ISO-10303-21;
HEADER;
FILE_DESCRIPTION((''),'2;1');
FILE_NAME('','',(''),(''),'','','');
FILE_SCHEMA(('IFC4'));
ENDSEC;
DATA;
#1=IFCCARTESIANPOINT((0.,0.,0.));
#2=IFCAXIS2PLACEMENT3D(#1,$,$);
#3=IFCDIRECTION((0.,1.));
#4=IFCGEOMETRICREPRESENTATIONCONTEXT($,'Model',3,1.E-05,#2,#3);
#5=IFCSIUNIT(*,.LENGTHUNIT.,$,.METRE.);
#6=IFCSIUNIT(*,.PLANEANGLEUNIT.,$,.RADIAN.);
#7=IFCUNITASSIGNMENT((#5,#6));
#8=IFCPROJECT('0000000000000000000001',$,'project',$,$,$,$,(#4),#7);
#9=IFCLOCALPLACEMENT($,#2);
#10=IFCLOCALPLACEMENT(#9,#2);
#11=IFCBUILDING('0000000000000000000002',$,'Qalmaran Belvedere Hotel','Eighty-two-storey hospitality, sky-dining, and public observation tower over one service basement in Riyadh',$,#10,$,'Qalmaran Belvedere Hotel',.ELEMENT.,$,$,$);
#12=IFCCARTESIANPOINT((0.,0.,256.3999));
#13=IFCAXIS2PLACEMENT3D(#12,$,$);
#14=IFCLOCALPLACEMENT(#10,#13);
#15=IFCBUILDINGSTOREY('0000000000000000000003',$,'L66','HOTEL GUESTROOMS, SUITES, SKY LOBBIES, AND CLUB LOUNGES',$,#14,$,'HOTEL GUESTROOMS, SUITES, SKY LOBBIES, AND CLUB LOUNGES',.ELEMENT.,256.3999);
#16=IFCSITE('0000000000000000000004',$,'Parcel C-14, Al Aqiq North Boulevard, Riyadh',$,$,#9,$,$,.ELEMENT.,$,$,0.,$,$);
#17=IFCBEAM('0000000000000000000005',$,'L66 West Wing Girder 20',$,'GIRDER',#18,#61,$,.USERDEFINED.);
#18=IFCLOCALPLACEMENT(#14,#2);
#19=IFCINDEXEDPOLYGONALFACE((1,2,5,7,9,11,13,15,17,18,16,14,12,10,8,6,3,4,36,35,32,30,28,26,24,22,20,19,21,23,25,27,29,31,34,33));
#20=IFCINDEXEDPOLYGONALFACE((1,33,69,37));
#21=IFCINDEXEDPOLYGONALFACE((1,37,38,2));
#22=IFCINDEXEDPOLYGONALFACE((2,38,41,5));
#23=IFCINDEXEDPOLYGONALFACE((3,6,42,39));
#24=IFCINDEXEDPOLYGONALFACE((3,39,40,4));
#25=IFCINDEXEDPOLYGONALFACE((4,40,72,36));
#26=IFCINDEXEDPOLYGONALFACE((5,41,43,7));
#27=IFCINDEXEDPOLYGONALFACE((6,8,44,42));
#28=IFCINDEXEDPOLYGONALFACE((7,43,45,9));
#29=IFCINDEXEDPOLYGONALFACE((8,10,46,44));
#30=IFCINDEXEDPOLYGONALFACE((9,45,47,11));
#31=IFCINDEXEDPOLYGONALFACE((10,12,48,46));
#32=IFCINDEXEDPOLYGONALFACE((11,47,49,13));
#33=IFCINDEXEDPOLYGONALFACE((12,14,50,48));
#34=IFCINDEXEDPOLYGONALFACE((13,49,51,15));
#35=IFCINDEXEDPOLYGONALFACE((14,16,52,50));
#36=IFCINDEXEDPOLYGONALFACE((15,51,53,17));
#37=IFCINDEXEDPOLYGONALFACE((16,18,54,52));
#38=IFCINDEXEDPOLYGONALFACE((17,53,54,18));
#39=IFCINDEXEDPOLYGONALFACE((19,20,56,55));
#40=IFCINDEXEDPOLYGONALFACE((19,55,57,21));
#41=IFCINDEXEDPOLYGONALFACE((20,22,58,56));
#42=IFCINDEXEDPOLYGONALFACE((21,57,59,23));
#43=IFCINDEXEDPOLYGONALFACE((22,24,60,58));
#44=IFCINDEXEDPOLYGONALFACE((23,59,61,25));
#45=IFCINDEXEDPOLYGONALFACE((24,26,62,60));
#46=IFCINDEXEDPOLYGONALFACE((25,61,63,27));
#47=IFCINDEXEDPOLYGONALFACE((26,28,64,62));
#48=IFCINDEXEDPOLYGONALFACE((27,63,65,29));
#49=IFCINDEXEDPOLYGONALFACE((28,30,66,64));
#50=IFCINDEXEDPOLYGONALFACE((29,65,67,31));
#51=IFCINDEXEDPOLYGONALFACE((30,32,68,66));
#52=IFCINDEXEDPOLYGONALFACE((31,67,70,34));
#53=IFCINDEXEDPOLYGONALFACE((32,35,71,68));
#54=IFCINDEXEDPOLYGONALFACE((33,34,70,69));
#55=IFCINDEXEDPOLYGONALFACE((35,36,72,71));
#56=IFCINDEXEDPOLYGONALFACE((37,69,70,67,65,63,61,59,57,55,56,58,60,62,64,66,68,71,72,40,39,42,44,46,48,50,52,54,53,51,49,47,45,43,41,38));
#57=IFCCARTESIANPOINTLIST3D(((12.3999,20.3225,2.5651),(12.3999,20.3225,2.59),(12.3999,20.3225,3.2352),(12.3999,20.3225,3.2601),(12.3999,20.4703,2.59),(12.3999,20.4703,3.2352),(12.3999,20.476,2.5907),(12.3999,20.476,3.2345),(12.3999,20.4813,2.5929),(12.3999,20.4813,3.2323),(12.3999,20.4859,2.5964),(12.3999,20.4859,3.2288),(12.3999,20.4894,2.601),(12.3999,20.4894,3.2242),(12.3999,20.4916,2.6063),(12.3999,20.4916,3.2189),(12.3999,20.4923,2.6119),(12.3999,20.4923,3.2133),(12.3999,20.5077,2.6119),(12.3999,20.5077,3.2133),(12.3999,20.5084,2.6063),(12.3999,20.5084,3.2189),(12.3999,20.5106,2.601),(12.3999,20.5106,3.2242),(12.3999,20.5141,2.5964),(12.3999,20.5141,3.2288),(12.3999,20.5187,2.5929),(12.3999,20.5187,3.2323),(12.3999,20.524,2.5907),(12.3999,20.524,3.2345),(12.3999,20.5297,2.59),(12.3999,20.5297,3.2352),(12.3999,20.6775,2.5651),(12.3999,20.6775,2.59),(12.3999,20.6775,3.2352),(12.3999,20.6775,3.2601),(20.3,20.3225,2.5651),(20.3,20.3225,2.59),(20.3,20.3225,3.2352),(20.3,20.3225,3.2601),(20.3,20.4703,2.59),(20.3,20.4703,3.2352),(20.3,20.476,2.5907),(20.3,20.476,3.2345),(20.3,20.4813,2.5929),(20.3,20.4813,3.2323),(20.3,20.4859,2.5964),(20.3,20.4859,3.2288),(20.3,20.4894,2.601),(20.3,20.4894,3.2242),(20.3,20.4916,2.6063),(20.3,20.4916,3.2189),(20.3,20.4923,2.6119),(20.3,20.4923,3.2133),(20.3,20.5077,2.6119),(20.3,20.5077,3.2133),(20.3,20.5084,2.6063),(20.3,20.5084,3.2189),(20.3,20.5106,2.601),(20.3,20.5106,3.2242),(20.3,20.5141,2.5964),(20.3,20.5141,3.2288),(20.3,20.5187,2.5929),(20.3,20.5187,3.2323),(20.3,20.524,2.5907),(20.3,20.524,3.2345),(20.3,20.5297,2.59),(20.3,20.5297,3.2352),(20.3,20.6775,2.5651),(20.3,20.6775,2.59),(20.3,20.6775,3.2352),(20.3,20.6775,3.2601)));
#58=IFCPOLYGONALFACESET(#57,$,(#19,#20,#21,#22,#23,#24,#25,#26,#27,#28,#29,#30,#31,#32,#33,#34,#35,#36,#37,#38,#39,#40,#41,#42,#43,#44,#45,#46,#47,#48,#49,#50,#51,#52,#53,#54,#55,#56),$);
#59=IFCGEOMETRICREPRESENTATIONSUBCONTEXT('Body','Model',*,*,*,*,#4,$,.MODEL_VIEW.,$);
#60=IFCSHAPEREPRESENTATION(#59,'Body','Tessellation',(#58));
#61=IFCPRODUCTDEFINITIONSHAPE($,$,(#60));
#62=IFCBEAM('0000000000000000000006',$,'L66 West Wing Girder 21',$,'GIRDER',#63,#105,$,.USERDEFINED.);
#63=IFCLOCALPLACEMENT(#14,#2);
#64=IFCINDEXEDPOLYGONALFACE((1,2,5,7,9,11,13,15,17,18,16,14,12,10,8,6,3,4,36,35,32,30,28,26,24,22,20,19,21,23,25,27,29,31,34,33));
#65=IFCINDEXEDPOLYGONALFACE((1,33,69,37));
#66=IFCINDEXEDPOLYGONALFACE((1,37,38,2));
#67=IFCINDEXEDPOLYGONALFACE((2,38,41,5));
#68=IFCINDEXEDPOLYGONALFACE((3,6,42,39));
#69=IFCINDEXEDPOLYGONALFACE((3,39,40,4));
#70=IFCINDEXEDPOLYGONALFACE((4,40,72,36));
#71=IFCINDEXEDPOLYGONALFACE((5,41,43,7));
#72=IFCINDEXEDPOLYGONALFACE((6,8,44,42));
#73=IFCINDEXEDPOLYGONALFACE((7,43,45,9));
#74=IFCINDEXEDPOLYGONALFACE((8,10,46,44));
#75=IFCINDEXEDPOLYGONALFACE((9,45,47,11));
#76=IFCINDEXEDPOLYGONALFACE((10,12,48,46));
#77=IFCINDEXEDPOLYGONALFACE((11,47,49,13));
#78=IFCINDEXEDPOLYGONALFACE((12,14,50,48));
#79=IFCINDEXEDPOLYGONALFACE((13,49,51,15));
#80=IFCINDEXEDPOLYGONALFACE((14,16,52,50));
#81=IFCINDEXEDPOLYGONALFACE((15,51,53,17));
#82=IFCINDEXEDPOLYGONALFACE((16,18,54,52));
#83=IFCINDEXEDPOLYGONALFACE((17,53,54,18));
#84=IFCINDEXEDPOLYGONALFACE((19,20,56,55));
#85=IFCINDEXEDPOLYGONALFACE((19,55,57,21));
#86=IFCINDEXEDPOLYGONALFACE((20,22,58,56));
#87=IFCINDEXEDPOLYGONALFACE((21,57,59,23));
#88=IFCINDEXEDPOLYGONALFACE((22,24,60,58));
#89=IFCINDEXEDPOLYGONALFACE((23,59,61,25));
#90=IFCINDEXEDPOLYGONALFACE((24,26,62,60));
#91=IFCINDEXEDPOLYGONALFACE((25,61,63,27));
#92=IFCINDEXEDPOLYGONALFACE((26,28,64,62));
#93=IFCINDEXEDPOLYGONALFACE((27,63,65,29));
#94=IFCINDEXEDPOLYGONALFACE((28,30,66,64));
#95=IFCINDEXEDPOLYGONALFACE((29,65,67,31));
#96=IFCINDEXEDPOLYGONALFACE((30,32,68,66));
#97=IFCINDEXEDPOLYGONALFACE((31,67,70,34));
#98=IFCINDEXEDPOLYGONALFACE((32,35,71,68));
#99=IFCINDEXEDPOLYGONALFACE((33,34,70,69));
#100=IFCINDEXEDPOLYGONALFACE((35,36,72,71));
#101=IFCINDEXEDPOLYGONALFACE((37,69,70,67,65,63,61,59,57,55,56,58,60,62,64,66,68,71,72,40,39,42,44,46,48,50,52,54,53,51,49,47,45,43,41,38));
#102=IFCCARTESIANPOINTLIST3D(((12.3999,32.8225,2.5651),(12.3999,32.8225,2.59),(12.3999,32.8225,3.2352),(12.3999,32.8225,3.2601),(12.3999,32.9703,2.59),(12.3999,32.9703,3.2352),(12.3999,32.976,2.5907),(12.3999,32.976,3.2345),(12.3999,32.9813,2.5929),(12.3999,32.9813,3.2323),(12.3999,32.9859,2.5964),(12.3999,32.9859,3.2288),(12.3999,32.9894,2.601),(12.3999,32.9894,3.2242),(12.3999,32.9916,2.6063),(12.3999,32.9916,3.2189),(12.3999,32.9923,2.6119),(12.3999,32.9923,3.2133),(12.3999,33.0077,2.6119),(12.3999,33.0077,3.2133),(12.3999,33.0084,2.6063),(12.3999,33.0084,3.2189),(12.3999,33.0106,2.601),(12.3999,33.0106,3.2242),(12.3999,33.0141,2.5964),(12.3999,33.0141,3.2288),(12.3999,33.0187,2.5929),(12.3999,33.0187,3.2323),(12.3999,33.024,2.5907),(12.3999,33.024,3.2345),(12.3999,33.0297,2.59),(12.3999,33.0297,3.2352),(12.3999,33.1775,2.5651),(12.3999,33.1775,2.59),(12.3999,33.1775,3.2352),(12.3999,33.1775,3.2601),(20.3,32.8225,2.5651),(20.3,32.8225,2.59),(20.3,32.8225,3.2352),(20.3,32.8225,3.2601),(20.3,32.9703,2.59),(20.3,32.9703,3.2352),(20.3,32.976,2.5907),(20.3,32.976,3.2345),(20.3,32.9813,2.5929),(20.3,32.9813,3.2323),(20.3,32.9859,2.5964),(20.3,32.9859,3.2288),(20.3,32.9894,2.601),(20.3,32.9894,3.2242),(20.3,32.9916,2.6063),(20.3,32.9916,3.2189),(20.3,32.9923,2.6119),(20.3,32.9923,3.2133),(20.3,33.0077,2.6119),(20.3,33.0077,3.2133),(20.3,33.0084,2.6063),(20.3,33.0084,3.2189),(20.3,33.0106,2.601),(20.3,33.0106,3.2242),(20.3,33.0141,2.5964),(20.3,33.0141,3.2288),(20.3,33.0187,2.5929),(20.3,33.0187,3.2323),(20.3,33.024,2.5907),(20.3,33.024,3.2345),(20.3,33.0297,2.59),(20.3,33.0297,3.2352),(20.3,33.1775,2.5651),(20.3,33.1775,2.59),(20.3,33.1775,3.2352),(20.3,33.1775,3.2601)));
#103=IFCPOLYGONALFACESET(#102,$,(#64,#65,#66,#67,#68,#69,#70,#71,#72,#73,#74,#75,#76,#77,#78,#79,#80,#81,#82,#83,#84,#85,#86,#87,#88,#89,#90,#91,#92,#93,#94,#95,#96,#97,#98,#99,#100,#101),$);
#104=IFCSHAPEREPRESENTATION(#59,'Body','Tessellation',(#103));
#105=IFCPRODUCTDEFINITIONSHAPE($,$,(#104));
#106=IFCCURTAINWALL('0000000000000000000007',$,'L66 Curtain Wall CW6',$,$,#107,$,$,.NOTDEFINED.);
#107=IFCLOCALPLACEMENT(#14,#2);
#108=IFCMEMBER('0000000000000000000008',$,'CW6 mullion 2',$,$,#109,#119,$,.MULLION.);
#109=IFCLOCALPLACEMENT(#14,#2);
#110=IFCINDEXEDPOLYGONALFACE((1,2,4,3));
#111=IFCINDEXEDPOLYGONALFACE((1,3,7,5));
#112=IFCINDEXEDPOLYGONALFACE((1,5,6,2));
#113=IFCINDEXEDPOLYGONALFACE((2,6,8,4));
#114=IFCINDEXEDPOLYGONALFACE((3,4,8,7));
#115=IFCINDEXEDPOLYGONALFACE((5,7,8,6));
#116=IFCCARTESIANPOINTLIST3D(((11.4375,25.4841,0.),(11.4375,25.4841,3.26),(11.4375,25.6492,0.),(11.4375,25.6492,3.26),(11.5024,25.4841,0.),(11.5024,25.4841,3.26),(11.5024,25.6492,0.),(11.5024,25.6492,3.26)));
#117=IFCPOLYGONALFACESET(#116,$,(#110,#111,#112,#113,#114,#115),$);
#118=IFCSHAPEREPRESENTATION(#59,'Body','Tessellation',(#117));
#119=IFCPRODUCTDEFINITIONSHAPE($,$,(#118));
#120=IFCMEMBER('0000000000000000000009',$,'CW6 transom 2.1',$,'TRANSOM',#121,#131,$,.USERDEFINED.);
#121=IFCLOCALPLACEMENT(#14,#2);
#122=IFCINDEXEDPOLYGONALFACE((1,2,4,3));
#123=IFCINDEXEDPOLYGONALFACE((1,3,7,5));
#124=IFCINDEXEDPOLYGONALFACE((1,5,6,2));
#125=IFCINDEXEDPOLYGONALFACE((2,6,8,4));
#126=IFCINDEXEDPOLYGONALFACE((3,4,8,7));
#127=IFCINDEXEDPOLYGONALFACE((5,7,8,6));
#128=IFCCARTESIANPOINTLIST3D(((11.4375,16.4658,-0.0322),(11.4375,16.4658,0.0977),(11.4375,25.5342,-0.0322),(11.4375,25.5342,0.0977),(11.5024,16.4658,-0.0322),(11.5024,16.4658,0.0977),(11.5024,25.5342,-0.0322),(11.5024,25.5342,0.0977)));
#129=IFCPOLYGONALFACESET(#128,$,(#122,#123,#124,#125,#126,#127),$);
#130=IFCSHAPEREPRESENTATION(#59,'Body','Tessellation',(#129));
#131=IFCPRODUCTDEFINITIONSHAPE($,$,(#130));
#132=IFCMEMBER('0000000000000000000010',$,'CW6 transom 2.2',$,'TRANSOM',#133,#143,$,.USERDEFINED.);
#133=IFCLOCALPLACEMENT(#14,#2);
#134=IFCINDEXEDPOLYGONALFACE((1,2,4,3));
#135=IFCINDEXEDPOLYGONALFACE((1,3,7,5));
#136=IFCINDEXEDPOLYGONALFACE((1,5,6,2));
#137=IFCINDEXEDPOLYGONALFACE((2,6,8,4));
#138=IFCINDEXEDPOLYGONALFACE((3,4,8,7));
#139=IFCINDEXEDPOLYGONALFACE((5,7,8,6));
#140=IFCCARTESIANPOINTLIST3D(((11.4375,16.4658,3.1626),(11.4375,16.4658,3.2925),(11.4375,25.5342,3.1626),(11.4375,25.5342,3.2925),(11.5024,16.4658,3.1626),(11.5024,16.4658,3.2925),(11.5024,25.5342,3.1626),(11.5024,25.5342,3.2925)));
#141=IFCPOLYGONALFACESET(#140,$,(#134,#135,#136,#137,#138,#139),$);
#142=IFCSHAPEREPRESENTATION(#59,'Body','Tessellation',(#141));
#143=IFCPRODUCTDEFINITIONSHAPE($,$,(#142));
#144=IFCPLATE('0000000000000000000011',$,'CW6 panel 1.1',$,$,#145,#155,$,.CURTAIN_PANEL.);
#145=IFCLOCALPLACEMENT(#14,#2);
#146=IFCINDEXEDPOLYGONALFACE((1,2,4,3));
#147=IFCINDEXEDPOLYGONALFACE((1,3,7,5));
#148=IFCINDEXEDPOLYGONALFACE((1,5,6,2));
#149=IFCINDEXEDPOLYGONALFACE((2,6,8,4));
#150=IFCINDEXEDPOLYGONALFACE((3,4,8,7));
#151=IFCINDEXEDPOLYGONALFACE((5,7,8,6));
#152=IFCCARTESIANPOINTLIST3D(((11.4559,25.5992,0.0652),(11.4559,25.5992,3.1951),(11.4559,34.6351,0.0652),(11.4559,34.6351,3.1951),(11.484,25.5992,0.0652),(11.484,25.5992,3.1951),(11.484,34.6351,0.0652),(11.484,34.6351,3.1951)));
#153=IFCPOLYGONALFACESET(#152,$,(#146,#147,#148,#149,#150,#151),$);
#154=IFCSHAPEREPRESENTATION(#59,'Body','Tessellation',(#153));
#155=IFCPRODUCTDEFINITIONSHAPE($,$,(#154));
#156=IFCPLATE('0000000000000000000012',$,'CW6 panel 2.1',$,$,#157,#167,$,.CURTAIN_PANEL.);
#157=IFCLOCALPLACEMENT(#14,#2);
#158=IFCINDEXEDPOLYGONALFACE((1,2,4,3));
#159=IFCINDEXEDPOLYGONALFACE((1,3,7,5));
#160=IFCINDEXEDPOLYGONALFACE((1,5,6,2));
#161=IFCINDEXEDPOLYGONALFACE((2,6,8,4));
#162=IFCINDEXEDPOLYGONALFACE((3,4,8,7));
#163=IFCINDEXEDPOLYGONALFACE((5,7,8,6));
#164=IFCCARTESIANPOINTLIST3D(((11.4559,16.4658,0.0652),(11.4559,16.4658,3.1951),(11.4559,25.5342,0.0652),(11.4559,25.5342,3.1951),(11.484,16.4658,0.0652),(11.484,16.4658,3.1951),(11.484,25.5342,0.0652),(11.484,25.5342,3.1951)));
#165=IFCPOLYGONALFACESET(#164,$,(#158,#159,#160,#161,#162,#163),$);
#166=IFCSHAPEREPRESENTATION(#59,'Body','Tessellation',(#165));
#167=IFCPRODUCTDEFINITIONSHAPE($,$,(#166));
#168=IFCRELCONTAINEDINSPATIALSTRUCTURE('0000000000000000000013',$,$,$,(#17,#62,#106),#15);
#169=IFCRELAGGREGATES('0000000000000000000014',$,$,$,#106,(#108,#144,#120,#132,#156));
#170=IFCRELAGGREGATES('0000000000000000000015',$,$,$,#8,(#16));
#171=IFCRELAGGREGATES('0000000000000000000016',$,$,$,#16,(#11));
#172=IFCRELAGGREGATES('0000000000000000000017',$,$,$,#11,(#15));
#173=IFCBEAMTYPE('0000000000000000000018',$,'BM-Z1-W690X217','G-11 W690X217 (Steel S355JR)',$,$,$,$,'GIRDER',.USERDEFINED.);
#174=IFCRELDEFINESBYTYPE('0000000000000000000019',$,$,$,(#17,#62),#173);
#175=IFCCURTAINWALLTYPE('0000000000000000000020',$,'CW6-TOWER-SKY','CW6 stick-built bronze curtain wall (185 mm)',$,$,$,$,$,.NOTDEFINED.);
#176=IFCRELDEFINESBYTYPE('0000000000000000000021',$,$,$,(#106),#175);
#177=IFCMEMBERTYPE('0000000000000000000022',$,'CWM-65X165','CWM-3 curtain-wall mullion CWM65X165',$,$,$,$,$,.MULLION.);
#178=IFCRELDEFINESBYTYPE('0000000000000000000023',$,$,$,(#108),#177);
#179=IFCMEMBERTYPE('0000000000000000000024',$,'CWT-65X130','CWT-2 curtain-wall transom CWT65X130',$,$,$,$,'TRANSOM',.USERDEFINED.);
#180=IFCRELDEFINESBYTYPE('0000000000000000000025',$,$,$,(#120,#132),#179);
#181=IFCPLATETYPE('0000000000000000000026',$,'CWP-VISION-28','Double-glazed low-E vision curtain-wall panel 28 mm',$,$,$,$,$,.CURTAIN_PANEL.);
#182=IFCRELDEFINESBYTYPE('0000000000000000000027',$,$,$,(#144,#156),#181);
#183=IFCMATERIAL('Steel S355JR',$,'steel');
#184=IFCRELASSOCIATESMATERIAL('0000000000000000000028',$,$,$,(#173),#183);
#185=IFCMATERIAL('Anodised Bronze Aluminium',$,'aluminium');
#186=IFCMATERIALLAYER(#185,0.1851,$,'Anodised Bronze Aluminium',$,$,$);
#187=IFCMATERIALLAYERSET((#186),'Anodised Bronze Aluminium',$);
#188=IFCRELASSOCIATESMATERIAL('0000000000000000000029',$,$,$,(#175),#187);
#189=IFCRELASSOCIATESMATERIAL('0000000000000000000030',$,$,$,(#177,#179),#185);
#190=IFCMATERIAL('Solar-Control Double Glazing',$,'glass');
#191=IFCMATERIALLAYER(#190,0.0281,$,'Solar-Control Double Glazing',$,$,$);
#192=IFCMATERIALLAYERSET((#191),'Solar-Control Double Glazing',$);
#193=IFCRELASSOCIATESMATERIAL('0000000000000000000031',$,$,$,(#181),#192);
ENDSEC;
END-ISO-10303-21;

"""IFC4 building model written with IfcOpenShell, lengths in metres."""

from ifc_helpers import new_model, si_unit, direction, frame, origin, origin_2d, place, context, subcontext, project, spatial, rectangle, i_section, extrude, material, layer, layer_set, material_profile, profile_set, type_object, element, aggregate, save


model = new_model("IFC4")

# Units and contexts
model_context = context("Model", 3, precision=1e-05, world=origin(), true_north=direction((0.0, 1.0)))
body_context = subcontext(model_context, "Body", "Model", "MODEL_VIEW")
ifc_project = project(units=[si_unit("LENGTHUNIT", "METRE"), si_unit("PLANEANGLEUNIT", "RADIAN")], contexts=[model_context])

# Site, building, storey
site_placement = place(None, origin())
site = spatial("IfcSite", under=ifc_project, at=site_placement, Name="Parcel C-14, Al Aqiq North Boulevard, Riyadh", CompositionType="ELEMENT", RefElevation=0.0)
building_placement = place(site_placement, origin())
building = spatial("IfcBuilding", under=site, at=building_placement, Name="Qalmaran Belvedere Hotel", Description="Eighty-two-storey hospitality, sky-dining, and public observation tower over one service basement in Riyadh", LongName="Qalmaran Belvedere Hotel", CompositionType="ELEMENT")
storey_placement = place(building_placement, frame((0.0, 0.0, 256.3999)))
storey = spatial("IfcBuildingStorey", under=building, at=storey_placement, Name="L66", Description="HOTEL GUESTROOMS, SUITES, SKY LOBBIES, AND CLUB LOUNGES", LongName="HOTEL GUESTROOMS, SUITES, SKY LOBBIES, AND CLUB LOUNGES", CompositionType="ELEMENT", Elevation=256.3999)

# Beams
ifc_material_1 = material(Name="Steel S355JR", Category="steel")
ifc_material_profile_1 = material_profile(ifc_material_1, i_section(OverallWidth=0.355, OverallDepth=0.6951, WebThickness=0.0154, FlangeThickness=0.0249, FilletRadius=0.022, at=origin_2d()), Name="W690X217")
ifc_profile_set_1 = profile_set([ifc_material_profile_1], Name="Steel S355JR")
beam_type_1 = type_object("IfcBeamType", Name="BM-Z1-W690X217", Description="G-11 W690X217 (Steel S355JR)", ElementType="GIRDER", PredefinedType="USERDEFINED", material=ifc_profile_set_1)
for number, where, z_axis, x_axis, name in (
    (1, (12.3999, 20.5, 2.9126), (1.0, 0.0, 0.0), (0.0, 1.0, 0.0), "L66 West Wing Girder 20"),
    (2, (12.3999, 33.0, 2.9126), (1.0, 0.0, 0.0), (0.0, 1.0, 0.0), "L66 West Wing Girder 21"),
):
    element("IfcBeam", number, at=place(storey_placement, frame(where, z_axis=z_axis, x_axis=x_axis)), inside=storey, type_object=beam_type_1, Name=name, ObjectType="GIRDER", PredefinedType="USERDEFINED", context=body_context, shape_type="SweptSolid", body=[
        extrude(i_section(OverallWidth=0.355, OverallDepth=0.6951, WebThickness=0.0154, FlangeThickness=0.0249, FilletRadius=0.022, at=origin_2d()), origin(), (0.0, 0.0, 1.0), 7.9001),
    ])

# Curtain wall, members, plates
ifc_material_2 = material(Name="Anodised Bronze Aluminium", Category="aluminium")
ifc_layer_1 = layer(ifc_material_2, 0.1851, Name="Anodised Bronze Aluminium")
ifc_layer_set_1 = layer_set([ifc_layer_1], Name="Anodised Bronze Aluminium")
curtain_wall_type = type_object("IfcCurtainWallType", Name="CW6-TOWER-SKY", Description="CW6 stick-built bronze curtain wall (185 mm)", PredefinedType="NOTDEFINED", material=ifc_layer_set_1)
curtain_wall_placement = place(storey_placement, origin())
curtain_wall = element("IfcCurtainWall", 3, at=curtain_wall_placement, inside=storey, type_object=curtain_wall_type, Name="L66 Curtain Wall CW6", PredefinedType="NOTDEFINED")
ifc_material_profile_2 = material_profile(ifc_material_2, rectangle(XDim=0.0649, YDim=0.165, at=origin_2d()), Name="CWM65X165")
ifc_profile_set_2 = profile_set([ifc_material_profile_2], Name="Anodised Bronze Aluminium")
member_type_1 = type_object("IfcMemberType", Name="CWM-65X165", Description="CWM-3 curtain-wall mullion CWM65X165", PredefinedType="MULLION", material=ifc_profile_set_2)
member_1_placement = place(storey_placement, frame((11.47, 25.5667, 0.0), z_axis=(0.0, 0.0, 1.0), x_axis=(1.0, 0.0, 0.0)))
member_1 = element("IfcMember", 4, at=member_1_placement, type_object=member_type_1, Name="CW6 mullion 2", PredefinedType="MULLION", context=body_context, shape_type="SweptSolid", body=[
    extrude(rectangle(XDim=0.0649, YDim=0.165, at=origin_2d()), origin(), (0.0, 0.0, 1.0), 3.26),
])
ifc_material_profile_3 = material_profile(ifc_material_2, rectangle(XDim=0.0649, YDim=0.1299, at=origin_2d()), Name="CWT65X130")
ifc_profile_set_3 = profile_set([ifc_material_profile_3], Name="Anodised Bronze Aluminium")
member_type_2 = type_object("IfcMemberType", Name="CWT-65X130", Description="CWT-2 curtain-wall transom CWT65X130", ElementType="TRANSOM", PredefinedType="USERDEFINED", material=ifc_profile_set_3)
member_2_placement = place(storey_placement, frame((11.47, 25.5342, 0.0327), z_axis=(0.0, -1.0, 0.0), x_axis=(1.0, 0.0, 0.0)))
member_2 = element("IfcMember", 5, at=member_2_placement, type_object=member_type_2, Name="CW6 transom 2.1", ObjectType="TRANSOM", PredefinedType="USERDEFINED", context=body_context, shape_type="SweptSolid", body=[
    extrude(rectangle(XDim=0.0649, YDim=0.1299, at=origin_2d()), origin(), (0.0, 0.0, 1.0), 9.0684),
])
member_3_placement = place(storey_placement, frame((11.47, 25.5342, 3.2275), z_axis=(0.0, -1.0, 0.0), x_axis=(1.0, 0.0, 0.0)))
member_3 = element("IfcMember", 6, at=member_3_placement, type_object=member_type_2, Name="CW6 transom 2.2", ObjectType="TRANSOM", PredefinedType="USERDEFINED", context=body_context, shape_type="SweptSolid", body=[
    extrude(rectangle(XDim=0.0649, YDim=0.1299, at=origin_2d()), origin(), (0.0, 0.0, 1.0), 9.0684),
])
ifc_material_3 = material(Name="Solar-Control Double Glazing", Category="glass")
ifc_layer_2 = layer(ifc_material_3, 0.0281, Name="Solar-Control Double Glazing")
ifc_layer_set_2 = layer_set([ifc_layer_2], Name="Solar-Control Double Glazing")
plate_type = type_object("IfcPlateType", Name="CWP-VISION-28", Description="Double-glazed low-E vision curtain-wall panel 28 mm", PredefinedType="CURTAIN_PANEL", material=ifc_layer_set_2)
plate_1_placement = place(storey_placement, frame((11.47, 30.1172, 0.0652), z_axis=(0.0, 0.0, 1.0), x_axis=(0.0, -1.0, 0.0)))
plate_1 = element("IfcPlate", 7, at=plate_1_placement, type_object=plate_type, Name="CW6 panel 1.1", PredefinedType="CURTAIN_PANEL", context=body_context, shape_type="SweptSolid", body=[
    extrude(rectangle(XDim=9.0359, YDim=0.0281, at=origin_2d()), origin(), (0.0, 0.0, 1.0), 3.1299),
])
plate_2_placement = place(storey_placement, frame((11.47, 21.0, 0.0652), z_axis=(0.0, 0.0, 1.0), x_axis=(0.0, -1.0, 0.0)))
plate_2 = element("IfcPlate", 8, at=plate_2_placement, type_object=plate_type, Name="CW6 panel 2.1", PredefinedType="CURTAIN_PANEL", context=body_context, shape_type="SweptSolid", body=[
    extrude(rectangle(XDim=9.0684, YDim=0.0281, at=origin_2d()), origin(), (0.0, 0.0, 1.0), 3.1299),
])
aggregate(curtain_wall, [member_1, plate_1, member_2, member_3, plate_2])

save(model, "model.ifc")
